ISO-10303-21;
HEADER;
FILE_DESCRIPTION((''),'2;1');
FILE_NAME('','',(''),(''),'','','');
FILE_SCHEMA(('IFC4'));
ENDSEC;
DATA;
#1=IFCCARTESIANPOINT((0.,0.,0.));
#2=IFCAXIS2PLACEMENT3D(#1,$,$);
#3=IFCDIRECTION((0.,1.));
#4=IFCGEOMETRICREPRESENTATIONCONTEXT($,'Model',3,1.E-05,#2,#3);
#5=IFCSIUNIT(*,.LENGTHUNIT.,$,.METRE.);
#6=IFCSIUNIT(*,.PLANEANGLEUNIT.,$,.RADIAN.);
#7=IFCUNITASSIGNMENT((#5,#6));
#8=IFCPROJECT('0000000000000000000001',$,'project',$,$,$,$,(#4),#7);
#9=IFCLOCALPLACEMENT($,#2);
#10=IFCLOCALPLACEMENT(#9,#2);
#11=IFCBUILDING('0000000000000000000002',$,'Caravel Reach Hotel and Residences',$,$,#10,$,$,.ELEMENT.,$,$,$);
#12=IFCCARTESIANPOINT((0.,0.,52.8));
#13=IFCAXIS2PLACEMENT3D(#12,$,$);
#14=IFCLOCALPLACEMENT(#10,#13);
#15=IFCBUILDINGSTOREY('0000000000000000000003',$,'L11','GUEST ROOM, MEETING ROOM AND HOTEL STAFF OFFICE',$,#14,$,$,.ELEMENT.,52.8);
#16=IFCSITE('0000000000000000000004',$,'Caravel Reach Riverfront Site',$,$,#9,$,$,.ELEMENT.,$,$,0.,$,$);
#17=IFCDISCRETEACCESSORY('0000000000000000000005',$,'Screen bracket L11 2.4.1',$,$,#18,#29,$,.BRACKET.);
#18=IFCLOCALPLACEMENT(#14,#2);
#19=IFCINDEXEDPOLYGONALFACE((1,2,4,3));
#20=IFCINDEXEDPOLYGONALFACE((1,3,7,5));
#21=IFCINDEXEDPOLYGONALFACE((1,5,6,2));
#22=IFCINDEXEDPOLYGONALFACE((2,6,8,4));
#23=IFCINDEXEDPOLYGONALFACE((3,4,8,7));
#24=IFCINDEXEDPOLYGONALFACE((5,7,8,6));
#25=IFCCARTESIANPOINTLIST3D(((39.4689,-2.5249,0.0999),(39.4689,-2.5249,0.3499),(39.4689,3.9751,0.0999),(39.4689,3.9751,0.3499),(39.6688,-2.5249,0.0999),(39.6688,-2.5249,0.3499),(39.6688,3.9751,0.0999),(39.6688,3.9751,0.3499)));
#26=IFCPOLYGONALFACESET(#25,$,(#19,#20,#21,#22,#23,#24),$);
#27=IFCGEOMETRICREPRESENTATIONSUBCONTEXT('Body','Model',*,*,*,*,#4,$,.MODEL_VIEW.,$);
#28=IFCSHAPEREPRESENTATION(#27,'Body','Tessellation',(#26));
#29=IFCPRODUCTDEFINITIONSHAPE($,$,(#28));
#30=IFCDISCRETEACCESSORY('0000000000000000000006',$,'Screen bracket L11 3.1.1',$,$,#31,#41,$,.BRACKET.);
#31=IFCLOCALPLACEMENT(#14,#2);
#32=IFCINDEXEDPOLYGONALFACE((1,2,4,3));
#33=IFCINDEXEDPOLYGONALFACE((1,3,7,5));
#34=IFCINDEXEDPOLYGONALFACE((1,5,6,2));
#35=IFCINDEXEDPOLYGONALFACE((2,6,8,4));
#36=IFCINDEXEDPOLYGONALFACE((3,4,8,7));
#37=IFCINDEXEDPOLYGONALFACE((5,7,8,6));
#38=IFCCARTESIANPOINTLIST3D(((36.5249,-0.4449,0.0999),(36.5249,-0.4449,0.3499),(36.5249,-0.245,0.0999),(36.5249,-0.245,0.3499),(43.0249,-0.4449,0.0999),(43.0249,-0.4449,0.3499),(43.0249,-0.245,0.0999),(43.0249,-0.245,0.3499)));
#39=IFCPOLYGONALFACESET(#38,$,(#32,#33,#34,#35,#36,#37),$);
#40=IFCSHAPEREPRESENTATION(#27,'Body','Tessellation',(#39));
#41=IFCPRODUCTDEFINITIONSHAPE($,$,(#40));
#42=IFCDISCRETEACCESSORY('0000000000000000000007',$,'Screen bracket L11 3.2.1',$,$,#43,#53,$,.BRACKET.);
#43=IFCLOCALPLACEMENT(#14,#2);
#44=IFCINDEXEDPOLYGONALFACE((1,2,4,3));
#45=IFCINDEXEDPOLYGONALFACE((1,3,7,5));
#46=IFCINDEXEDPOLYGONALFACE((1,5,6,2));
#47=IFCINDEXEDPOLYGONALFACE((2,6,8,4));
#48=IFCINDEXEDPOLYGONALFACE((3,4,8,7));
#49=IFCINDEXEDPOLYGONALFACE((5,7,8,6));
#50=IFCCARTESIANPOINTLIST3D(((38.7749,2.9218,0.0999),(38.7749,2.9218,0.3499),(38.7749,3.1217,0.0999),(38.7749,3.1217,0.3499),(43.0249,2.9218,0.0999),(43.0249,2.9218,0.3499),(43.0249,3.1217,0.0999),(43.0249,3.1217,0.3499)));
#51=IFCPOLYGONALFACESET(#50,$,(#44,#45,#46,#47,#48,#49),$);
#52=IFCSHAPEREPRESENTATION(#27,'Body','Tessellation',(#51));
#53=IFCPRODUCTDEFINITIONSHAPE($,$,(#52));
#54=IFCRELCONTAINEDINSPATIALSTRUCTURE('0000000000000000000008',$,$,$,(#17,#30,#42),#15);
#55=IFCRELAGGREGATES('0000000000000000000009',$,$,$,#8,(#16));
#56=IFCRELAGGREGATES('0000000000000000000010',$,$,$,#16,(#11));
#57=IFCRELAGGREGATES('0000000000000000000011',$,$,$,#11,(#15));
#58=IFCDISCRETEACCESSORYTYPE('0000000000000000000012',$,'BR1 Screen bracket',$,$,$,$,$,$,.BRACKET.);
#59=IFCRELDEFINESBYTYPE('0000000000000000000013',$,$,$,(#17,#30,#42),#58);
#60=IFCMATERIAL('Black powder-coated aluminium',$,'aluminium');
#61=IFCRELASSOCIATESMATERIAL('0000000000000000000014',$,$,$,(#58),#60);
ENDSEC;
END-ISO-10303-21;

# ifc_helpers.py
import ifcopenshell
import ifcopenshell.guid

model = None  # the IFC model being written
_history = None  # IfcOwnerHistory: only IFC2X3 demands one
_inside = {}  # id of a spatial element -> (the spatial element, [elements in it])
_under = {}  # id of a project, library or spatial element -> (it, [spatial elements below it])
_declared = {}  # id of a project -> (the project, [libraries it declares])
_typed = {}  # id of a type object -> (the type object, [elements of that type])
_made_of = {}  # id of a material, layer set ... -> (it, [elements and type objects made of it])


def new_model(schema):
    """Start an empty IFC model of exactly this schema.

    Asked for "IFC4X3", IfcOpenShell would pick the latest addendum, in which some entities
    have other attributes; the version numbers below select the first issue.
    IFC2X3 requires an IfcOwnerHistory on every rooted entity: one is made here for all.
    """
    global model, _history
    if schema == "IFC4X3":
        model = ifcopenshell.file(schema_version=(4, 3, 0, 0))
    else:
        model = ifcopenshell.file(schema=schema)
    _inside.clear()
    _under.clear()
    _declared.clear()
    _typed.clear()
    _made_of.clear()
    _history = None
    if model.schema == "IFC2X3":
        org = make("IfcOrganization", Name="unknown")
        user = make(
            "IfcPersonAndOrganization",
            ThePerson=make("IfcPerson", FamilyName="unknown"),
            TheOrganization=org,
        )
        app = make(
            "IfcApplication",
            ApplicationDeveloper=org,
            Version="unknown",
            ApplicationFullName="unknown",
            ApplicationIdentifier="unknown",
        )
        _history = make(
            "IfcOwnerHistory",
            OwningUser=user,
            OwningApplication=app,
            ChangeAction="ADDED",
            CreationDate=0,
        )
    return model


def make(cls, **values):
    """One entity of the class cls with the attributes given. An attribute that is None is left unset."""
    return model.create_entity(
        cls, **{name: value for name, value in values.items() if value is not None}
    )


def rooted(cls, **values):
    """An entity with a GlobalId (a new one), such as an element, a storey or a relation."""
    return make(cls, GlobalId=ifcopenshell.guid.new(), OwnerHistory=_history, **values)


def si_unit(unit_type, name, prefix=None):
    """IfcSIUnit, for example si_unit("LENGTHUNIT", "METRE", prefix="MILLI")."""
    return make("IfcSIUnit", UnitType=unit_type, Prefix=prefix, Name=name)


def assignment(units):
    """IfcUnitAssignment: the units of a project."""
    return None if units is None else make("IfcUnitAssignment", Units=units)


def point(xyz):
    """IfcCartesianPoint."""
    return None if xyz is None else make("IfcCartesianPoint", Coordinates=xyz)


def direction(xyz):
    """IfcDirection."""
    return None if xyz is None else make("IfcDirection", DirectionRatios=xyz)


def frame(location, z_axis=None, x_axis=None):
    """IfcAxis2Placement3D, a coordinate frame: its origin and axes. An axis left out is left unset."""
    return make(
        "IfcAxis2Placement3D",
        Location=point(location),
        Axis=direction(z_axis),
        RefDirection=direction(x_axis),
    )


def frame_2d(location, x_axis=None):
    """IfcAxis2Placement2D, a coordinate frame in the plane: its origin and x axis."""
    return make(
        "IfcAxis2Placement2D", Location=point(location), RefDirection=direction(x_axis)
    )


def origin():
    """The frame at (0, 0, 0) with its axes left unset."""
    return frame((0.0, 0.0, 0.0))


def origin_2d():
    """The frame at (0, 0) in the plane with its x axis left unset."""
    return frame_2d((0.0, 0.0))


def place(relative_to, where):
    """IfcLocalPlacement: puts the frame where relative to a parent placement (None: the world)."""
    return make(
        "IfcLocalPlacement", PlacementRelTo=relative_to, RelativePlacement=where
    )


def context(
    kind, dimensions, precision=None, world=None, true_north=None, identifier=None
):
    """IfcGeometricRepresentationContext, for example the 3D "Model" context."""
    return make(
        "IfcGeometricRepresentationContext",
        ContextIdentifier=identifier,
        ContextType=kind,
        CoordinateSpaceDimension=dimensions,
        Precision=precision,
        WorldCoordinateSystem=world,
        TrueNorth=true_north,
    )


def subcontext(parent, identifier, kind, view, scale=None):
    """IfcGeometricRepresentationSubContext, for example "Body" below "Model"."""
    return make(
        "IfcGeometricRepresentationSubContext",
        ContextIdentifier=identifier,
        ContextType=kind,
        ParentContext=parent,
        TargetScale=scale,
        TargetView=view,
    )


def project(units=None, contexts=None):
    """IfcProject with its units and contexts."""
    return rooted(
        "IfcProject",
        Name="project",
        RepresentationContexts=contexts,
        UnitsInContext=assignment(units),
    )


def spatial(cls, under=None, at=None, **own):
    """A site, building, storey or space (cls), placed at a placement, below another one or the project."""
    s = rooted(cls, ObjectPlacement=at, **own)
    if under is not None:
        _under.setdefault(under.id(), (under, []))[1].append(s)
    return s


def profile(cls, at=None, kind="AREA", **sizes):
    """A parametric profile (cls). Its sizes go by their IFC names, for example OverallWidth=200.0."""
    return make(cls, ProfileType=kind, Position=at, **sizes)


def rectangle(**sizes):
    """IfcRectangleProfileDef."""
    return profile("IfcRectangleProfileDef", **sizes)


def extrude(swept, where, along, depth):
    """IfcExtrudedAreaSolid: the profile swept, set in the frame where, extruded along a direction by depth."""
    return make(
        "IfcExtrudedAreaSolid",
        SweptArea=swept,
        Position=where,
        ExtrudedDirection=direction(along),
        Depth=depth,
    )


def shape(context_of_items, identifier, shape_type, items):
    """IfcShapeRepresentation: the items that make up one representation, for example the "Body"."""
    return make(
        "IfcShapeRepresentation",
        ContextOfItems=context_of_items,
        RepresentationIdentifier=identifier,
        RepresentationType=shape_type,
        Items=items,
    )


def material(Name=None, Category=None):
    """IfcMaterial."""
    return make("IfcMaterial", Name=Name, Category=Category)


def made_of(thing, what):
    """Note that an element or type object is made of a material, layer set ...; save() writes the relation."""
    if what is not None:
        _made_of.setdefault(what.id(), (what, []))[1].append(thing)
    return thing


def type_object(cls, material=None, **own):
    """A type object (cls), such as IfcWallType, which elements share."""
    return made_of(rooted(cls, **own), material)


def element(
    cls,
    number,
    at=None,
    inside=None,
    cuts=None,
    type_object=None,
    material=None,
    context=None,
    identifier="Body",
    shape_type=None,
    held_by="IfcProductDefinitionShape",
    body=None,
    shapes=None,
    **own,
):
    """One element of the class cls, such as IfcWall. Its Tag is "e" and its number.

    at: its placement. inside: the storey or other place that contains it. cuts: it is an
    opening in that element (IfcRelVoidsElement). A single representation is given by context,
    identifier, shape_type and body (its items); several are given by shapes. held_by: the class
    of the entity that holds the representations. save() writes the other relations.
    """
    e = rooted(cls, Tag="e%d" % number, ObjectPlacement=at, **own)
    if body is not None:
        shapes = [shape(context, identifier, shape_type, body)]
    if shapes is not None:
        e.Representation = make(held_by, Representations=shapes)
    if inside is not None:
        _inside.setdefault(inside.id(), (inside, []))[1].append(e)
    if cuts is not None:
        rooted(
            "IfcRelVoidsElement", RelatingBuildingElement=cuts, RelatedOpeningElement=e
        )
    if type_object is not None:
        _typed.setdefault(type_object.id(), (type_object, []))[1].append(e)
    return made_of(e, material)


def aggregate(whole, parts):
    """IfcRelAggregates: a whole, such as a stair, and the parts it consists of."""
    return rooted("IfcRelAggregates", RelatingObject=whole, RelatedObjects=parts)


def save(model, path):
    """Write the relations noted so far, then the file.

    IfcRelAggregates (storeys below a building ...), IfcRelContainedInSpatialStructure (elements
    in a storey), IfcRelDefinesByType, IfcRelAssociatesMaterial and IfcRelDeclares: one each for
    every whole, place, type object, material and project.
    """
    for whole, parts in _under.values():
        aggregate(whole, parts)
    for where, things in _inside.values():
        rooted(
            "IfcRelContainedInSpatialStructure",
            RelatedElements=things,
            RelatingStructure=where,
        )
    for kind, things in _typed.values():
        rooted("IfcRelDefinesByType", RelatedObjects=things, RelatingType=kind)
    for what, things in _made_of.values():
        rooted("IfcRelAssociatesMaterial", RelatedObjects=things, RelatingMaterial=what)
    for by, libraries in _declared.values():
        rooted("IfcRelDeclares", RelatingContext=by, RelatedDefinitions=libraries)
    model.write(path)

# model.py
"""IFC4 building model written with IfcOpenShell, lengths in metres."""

from ifc_helpers import new_model, si_unit, direction, frame, origin, origin_2d, place, context, subcontext, project, spatial, rectangle, extrude, material, type_object, element, save


model = new_model("IFC4")

# Units and contexts
model_context = context("Model", 3, precision=1e-05, world=origin(), true_north=direction((0.0, 1.0)))
body_context = subcontext(model_context, "Body", "Model", "MODEL_VIEW")
ifc_project = project(units=[si_unit("LENGTHUNIT", "METRE"), si_unit("PLANEANGLEUNIT", "RADIAN")], contexts=[model_context])

# Site, building, storey
site_placement = place(None, origin())
site = spatial("IfcSite", under=ifc_project, at=site_placement, Name="Caravel Reach Riverfront Site", CompositionType="ELEMENT", RefElevation=0.0)
building_placement = place(site_placement, origin())
building = spatial("IfcBuilding", under=site, at=building_placement, Name="Caravel Reach Hotel and Residences", CompositionType="ELEMENT")
storey_placement = place(building_placement, frame((0.0, 0.0, 52.8)))
storey = spatial("IfcBuildingStorey", under=building, at=storey_placement, Name="L11", Description="GUEST ROOM, MEETING ROOM AND HOTEL STAFF OFFICE", CompositionType="ELEMENT", Elevation=52.8)

# Discrete accessories
ifc_material_1 = material(Name="Black powder-coated aluminium", Category="aluminium")
discrete_accessory_type = type_object("IfcDiscreteAccessoryType", Name="BR1 Screen bracket", PredefinedType="BRACKET", material=ifc_material_1)
for number, where, z_axis, x_axis, name in (
    (1, (39.5688, 0.7251, 0.0999), (0.0, 0.0, 1.0), (0.0, -1.0, 0.0), "Screen bracket L11 2.4.1"),
    (2, (39.7749, -0.345, 0.0999), (0.0, 0.0, 1.0), (1.0, 0.0, 0.0), "Screen bracket L11 3.1.1"),
):
    element("IfcDiscreteAccessory", number, at=place(storey_placement, frame(where, z_axis=z_axis, x_axis=x_axis)), inside=storey, type_object=discrete_accessory_type, Name=name, PredefinedType="BRACKET", context=body_context, shape_type="SweptSolid", body=[
        extrude(rectangle(XDim=6.5, YDim=0.2, at=origin_2d()), origin(), (0.0, 0.0, 1.0), 0.25),
    ])
discrete_accessory_placement = place(storey_placement, frame((40.8999, 3.0217, 0.0999), z_axis=(0.0, 0.0, 1.0), x_axis=(1.0, 0.0, 0.0)))
element("IfcDiscreteAccessory", 3, at=discrete_accessory_placement, inside=storey, type_object=discrete_accessory_type, Name="Screen bracket L11 3.2.1", PredefinedType="BRACKET", context=body_context, shape_type="SweptSolid", body=[
    extrude(rectangle(XDim=4.25, YDim=0.2, at=origin_2d()), origin(), (0.0, 0.0, 1.0), 0.25),
])

save(model, "model.ifc")
